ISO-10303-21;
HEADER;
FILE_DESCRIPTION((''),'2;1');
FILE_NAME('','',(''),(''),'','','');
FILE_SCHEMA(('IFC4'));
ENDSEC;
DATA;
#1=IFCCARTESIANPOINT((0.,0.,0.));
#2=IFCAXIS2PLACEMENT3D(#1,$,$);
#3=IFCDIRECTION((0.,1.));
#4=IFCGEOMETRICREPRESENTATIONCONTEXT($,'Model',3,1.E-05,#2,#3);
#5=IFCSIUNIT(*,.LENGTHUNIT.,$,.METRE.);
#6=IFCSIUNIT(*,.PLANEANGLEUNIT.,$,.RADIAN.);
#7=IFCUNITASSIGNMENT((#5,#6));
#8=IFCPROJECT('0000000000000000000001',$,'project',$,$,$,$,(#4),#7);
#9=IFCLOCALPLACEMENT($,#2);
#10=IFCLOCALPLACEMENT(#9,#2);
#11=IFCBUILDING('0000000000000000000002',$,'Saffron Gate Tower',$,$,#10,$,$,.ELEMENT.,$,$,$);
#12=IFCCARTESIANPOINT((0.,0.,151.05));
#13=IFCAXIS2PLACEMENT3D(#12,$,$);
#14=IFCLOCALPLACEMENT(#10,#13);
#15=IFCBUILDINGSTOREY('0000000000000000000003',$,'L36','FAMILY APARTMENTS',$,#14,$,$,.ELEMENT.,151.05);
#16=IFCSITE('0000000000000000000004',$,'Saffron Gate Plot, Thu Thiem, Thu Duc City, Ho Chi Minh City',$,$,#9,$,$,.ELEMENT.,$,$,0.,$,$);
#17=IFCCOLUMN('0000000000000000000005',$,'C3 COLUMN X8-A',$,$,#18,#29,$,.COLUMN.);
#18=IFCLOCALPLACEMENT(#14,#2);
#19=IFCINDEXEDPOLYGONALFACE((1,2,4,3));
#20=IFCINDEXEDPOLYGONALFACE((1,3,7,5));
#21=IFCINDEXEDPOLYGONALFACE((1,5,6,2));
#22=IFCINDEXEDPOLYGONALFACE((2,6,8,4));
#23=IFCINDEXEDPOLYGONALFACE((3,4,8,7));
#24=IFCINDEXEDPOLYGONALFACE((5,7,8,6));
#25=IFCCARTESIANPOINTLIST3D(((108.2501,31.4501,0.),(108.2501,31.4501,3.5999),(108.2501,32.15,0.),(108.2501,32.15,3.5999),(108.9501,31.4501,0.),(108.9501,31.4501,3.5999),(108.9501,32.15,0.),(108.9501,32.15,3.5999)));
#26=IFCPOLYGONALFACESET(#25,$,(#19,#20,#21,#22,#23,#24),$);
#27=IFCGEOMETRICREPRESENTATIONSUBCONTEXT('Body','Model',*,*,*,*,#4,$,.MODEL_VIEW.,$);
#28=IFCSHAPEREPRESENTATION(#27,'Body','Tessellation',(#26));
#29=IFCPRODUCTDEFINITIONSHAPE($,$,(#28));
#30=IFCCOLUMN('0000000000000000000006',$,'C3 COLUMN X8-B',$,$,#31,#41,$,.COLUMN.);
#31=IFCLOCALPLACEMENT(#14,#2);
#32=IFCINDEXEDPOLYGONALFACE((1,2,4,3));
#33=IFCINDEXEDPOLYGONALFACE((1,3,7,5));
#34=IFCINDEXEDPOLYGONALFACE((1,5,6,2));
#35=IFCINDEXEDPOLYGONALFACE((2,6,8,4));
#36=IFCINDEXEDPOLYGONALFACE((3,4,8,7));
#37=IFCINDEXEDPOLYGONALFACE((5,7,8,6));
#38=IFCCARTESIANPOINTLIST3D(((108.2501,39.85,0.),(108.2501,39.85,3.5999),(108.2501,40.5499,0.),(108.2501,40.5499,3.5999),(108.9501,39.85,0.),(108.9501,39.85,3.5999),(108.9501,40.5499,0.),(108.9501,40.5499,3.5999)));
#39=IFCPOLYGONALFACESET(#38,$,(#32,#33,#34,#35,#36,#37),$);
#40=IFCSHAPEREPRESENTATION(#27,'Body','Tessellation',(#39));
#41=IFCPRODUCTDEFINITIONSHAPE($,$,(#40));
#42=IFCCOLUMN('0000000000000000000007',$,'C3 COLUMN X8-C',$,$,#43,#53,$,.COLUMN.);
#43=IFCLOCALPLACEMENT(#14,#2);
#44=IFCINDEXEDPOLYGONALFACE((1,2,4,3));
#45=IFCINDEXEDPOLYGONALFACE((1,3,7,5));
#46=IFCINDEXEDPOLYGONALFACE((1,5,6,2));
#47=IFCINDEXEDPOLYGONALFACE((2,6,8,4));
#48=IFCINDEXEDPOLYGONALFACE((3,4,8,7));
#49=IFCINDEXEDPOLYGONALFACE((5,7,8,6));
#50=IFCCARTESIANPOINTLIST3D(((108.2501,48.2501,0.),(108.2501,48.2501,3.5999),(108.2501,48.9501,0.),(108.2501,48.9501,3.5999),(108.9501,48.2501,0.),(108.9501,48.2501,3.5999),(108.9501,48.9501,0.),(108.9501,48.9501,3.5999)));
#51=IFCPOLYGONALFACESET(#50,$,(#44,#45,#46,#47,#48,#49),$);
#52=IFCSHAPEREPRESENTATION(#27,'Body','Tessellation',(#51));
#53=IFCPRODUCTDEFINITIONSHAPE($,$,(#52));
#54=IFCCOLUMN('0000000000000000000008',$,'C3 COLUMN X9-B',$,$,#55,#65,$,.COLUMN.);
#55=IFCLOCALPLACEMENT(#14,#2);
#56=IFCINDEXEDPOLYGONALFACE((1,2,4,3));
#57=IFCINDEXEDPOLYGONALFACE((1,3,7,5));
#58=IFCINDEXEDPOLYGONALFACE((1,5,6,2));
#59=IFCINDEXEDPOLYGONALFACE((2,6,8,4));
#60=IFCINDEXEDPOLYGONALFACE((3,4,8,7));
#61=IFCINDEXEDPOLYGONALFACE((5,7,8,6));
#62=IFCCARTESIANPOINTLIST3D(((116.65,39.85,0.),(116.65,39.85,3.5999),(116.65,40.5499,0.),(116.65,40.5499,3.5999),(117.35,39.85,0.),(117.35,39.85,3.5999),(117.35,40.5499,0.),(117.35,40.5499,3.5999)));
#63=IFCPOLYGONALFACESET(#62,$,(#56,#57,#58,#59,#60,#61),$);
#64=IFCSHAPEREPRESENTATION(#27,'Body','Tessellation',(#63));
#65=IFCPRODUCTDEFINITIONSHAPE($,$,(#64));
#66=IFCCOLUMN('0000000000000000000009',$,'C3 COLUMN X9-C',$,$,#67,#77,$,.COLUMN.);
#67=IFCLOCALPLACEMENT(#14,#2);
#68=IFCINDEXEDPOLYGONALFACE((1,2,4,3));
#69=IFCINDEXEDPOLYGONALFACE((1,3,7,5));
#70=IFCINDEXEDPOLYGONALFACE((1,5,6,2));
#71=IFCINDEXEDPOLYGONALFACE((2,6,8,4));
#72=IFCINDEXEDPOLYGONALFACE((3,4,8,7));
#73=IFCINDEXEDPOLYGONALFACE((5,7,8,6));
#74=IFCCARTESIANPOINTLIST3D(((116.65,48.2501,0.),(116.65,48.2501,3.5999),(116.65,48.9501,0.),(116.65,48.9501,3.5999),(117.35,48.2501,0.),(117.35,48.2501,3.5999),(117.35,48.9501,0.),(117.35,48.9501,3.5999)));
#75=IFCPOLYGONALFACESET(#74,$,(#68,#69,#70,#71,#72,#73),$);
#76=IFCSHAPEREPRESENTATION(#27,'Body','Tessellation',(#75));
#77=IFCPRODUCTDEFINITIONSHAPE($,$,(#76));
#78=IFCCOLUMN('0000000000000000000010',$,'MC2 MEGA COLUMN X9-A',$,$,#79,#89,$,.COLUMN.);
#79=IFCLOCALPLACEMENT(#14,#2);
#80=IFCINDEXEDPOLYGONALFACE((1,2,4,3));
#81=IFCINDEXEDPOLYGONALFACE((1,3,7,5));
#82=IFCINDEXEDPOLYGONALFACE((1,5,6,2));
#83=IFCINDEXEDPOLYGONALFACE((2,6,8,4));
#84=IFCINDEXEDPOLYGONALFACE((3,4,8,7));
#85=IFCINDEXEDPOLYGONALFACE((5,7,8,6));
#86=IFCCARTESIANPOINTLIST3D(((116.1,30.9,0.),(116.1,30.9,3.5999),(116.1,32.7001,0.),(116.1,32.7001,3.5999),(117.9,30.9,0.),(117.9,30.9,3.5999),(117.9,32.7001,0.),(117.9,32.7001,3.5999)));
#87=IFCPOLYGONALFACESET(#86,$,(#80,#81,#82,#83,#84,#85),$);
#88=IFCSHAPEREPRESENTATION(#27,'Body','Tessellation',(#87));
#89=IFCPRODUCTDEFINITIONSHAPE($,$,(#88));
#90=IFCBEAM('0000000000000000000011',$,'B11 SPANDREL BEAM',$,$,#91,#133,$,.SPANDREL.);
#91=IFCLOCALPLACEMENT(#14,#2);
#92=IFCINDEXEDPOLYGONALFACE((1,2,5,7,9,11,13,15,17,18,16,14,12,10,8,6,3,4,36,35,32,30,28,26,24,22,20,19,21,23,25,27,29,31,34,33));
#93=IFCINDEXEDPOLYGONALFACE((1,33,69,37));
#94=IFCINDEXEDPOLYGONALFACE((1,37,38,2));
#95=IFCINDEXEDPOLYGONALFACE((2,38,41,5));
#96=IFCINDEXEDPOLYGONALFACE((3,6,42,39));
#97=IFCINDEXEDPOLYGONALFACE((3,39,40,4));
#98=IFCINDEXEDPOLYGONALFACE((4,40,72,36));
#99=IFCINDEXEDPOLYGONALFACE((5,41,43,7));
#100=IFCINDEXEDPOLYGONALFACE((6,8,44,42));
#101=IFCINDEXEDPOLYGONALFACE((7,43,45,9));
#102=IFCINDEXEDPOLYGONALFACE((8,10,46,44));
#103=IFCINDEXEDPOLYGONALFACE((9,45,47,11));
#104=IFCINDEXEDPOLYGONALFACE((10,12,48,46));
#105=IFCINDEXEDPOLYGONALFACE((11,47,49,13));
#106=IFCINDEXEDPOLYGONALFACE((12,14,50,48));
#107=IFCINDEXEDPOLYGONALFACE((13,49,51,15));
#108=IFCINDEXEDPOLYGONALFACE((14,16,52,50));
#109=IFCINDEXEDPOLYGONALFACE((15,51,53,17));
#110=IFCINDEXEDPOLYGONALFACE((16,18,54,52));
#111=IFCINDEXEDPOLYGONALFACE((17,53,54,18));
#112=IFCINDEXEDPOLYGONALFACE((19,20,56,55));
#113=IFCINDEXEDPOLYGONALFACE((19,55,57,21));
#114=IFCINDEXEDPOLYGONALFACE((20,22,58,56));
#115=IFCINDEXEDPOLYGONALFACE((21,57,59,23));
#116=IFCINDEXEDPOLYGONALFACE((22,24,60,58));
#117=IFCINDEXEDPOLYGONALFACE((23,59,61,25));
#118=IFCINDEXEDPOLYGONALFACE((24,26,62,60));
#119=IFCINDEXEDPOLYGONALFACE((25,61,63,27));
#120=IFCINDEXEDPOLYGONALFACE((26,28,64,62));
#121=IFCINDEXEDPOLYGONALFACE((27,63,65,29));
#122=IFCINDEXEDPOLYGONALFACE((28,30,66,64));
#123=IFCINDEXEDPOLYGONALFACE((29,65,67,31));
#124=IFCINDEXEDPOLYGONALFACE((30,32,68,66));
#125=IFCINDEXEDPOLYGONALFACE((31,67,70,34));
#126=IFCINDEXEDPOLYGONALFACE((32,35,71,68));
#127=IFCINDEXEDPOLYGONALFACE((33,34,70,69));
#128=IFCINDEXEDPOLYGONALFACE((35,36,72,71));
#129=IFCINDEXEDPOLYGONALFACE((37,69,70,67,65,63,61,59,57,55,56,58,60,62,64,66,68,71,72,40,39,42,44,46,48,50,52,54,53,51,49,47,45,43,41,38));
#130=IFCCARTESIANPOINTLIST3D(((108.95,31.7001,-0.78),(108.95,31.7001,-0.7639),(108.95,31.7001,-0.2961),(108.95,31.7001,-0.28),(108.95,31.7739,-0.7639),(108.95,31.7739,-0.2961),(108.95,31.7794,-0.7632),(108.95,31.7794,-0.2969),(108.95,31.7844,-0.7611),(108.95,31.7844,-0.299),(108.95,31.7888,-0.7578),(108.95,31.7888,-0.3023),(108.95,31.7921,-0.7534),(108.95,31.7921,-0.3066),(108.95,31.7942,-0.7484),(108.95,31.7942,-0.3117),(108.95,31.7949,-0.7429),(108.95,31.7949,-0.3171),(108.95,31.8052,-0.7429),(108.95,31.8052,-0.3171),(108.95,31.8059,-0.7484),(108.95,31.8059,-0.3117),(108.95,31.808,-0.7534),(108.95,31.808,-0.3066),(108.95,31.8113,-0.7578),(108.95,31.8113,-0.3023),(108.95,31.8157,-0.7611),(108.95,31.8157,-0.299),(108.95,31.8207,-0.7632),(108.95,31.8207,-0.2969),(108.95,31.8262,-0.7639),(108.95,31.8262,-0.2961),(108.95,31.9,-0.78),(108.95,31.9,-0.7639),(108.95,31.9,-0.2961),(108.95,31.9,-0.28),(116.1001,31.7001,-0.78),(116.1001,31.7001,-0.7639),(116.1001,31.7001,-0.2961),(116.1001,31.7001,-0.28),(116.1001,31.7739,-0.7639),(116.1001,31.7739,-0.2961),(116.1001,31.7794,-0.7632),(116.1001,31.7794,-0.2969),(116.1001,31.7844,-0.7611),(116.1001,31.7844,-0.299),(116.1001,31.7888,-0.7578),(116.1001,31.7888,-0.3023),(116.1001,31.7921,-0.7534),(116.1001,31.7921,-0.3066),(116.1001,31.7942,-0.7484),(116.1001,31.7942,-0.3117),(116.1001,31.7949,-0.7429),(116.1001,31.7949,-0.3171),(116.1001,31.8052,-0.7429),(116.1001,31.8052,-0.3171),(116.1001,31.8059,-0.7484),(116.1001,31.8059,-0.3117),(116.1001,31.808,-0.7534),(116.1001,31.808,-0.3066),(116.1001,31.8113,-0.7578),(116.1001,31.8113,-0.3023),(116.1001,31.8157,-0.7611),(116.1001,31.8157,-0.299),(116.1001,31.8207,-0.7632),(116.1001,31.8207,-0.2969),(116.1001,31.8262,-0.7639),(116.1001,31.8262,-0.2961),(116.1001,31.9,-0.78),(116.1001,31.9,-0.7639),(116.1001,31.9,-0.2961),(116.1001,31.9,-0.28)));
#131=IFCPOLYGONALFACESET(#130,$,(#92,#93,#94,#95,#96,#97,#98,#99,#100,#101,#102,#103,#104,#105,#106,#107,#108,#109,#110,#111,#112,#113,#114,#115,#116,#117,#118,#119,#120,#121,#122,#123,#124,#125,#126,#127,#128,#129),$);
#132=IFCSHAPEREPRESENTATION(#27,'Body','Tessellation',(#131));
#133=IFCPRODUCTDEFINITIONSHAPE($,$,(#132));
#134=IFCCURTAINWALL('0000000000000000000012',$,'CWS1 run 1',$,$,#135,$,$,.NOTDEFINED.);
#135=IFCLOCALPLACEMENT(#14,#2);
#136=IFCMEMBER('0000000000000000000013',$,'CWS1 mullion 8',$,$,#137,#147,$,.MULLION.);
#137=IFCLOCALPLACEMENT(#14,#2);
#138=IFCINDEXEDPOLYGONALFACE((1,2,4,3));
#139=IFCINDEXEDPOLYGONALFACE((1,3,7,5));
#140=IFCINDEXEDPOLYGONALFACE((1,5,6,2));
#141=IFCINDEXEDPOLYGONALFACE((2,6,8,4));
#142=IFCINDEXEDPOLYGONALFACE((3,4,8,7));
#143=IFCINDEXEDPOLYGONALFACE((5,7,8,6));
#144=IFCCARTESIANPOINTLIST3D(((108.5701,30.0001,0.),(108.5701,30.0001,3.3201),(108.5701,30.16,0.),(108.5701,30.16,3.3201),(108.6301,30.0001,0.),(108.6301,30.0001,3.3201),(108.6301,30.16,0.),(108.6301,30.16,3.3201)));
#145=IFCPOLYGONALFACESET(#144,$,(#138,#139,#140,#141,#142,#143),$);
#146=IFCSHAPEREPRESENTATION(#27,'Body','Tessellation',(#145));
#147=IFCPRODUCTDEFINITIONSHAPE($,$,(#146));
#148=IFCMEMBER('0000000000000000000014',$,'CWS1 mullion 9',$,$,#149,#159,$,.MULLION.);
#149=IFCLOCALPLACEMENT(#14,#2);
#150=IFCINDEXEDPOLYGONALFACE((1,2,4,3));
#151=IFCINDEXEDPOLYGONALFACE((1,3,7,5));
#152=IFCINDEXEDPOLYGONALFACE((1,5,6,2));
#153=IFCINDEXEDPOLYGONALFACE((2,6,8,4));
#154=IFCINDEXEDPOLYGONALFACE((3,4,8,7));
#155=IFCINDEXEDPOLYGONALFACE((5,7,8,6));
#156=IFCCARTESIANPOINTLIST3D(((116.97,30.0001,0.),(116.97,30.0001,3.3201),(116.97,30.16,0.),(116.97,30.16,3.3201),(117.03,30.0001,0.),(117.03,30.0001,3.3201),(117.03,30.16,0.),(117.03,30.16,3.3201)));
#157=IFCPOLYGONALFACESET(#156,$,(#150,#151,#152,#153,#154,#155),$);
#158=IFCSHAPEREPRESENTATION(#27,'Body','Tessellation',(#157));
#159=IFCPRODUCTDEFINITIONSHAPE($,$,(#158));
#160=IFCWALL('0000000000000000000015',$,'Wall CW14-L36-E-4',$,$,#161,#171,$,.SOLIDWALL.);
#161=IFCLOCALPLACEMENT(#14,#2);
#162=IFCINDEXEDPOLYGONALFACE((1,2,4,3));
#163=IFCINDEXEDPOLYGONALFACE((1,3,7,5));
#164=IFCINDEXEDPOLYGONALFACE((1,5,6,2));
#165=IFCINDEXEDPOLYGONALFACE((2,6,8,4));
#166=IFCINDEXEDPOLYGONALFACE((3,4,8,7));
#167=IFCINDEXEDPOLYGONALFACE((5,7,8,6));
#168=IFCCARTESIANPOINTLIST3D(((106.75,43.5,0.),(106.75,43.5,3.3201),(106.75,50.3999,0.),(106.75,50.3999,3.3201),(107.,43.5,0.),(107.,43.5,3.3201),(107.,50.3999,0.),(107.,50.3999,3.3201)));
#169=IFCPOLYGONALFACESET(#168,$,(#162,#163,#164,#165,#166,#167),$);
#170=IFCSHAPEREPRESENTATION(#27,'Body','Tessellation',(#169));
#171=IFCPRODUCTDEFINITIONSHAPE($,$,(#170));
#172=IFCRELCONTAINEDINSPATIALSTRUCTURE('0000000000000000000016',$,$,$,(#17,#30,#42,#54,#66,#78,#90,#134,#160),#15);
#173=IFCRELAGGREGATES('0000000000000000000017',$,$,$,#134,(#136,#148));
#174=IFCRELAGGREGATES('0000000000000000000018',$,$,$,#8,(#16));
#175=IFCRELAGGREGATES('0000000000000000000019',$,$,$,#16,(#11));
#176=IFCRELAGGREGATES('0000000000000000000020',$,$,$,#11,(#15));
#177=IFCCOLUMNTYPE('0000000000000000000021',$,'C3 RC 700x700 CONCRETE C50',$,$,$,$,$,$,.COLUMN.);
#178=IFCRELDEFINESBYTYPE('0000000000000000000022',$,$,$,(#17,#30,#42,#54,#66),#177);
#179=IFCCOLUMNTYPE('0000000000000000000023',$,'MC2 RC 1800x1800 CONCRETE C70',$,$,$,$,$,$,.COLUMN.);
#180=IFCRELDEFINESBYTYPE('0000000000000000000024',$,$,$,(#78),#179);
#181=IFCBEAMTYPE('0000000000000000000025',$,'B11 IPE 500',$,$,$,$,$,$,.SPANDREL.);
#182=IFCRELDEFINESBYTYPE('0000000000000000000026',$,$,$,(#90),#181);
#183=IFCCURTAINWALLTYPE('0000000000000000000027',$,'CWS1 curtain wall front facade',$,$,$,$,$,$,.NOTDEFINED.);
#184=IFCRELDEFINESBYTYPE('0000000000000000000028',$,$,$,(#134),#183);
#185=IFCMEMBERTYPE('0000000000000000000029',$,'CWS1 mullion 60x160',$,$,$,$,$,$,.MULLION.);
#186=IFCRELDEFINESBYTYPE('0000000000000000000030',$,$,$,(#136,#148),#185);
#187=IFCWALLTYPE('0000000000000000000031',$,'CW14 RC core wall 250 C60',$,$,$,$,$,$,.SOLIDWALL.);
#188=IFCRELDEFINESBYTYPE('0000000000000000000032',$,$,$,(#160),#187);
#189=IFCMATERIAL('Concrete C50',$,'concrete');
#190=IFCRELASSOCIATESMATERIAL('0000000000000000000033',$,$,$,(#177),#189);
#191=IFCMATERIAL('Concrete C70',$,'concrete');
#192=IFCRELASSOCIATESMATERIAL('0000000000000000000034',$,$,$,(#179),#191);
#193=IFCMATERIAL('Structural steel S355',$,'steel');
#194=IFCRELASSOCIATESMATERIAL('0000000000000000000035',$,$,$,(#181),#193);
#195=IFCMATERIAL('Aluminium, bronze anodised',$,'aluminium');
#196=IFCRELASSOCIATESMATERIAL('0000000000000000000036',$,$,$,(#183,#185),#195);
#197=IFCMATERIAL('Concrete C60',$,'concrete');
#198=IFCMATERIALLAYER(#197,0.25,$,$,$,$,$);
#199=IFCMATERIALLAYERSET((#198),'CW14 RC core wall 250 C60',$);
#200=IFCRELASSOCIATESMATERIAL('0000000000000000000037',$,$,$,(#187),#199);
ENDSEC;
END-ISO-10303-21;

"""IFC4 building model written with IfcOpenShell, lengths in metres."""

from ifc_helpers import new_model, si_unit, direction, frame, frame_2d, origin, origin_2d, place, context, subcontext, project, spatial, rectangle, i_section, extrude, material, layer, layer_set, material_profile, profile_set, type_object, element, aggregate, save


model = new_model("IFC4")

# Units and contexts
model_context = context("Model", 3, precision=1e-05, world=origin(), true_north=direction((0.0, 1.0)))
body_context = subcontext(model_context, "Body", "Model", "MODEL_VIEW")
ifc_project = project(units=[si_unit("LENGTHUNIT", "METRE"), si_unit("PLANEANGLEUNIT", "RADIAN")], contexts=[model_context])

# Site, building, storey
site_placement = place(None, origin())
site = spatial("IfcSite", under=ifc_project, at=site_placement, Name="Saffron Gate Plot, Thu Thiem, Thu Duc City, Ho Chi Minh City", CompositionType="ELEMENT", RefElevation=0.0)
building_placement = place(site_placement, origin())
building = spatial("IfcBuilding", under=site, at=building_placement, Name="Saffron Gate Tower", CompositionType="ELEMENT")
storey_placement = place(building_placement, frame((0.0, 0.0, 151.05)))
storey = spatial("IfcBuildingStorey", under=building, at=storey_placement, Name="L36", Description="FAMILY APARTMENTS", CompositionType="ELEMENT", Elevation=151.05)

# Columns
ifc_material_1 = material(Name="Concrete C50", Category="concrete")
ifc_material_profile_1 = material_profile(ifc_material_1, rectangle(XDim=0.7, YDim=0.7, at=origin_2d()))
ifc_profile_set_1 = profile_set([ifc_material_profile_1], Name="Concrete C50")
column_type_1 = type_object("IfcColumnType", Name="C3 RC 700x700 CONCRETE C50", PredefinedType="COLUMN", material=ifc_profile_set_1)
for number, where, z_axis, x_axis, name in (
    (1, (108.6001, 31.8, 0.0), (0.0, 0.0, 1.0), (1.0, 0.0, 0.0), "C3 COLUMN X8-A"),
    (2, (108.6001, 40.2, 0.0), (0.0, 0.0, 1.0), (1.0, 0.0, 0.0), "C3 COLUMN X8-B"),
    (3, (108.6001, 48.6001, 0.0), (0.0, 0.0, 1.0), (1.0, 0.0, 0.0), "C3 COLUMN X8-C"),
    (4, (117.0, 40.2, 0.0), (0.0, 0.0, 1.0), (1.0, 0.0, 0.0), "C3 COLUMN X9-B"),
    (5, (117.0, 48.6001, 0.0), (0.0, 0.0, 1.0), (1.0, 0.0, 0.0), "C3 COLUMN X9-C"),
):
    element("IfcColumn", number, at=place(storey_placement, frame(where, z_axis=z_axis, x_axis=x_axis)), inside=storey, type_object=column_type_1, Name=name, PredefinedType="COLUMN", context=body_context, shape_type="SweptSolid", body=[
        extrude(rectangle(XDim=0.7, YDim=0.7, at=origin_2d()), origin(), (0.0, 0.0, 1.0), 3.5999),
    ])
ifc_material_2 = material(Name="Concrete C70", Category="concrete")
ifc_material_profile_2 = material_profile(ifc_material_2, rectangle(XDim=1.8, YDim=1.8, at=origin_2d()))
ifc_profile_set_2 = profile_set([ifc_material_profile_2], Name="Concrete C70")
column_type_2 = type_object("IfcColumnType", Name="MC2 RC 1800x1800 CONCRETE C70", PredefinedType="COLUMN", material=ifc_profile_set_2)
column_placement = place(storey_placement, frame((117.0, 31.8, 0.0), z_axis=(0.0, 0.0, 1.0), x_axis=(1.0, 0.0, 0.0)))
element("IfcColumn", 6, at=column_placement, inside=storey, type_object=column_type_2, Name="MC2 MEGA COLUMN X9-A", PredefinedType="COLUMN", context=body_context, shape_type="SweptSolid", body=[
    extrude(rectangle(XDim=1.8, YDim=1.8, at=origin_2d()), origin(), (0.0, 0.0, 1.0), 3.5999),
])

# Beam
ifc_material_3 = material(Name="Structural steel S355", Category="steel")
ifc_material_profile_3 = material_profile(ifc_material_3, i_section(OverallWidth=0.2, OverallDepth=0.5, WebThickness=0.0103, FlangeThickness=0.0161, FilletRadius=0.021, at=origin_2d()))
ifc_profile_set_3 = profile_set([ifc_material_profile_3], Name="Structural steel S355")
beam_type = type_object("IfcBeamType", Name="B11 IPE 500", PredefinedType="SPANDREL", material=ifc_profile_set_3)
beam_placement = place(storey_placement, frame((108.95, 31.8, -0.53), z_axis=(1.0, 0.0, 0.0), x_axis=(0.0, 1.0, 0.0)))
element("IfcBeam", 7, at=beam_placement, inside=storey, type_object=beam_type, Name="B11 SPANDREL BEAM", PredefinedType="SPANDREL", context=body_context, shape_type="SweptSolid", body=[
    extrude(i_section(OverallWidth=0.2, OverallDepth=0.5, WebThickness=0.0103, FlangeThickness=0.0161, FilletRadius=0.021, at=origin_2d()), origin(), (0.0, 0.0, 1.0), 7.1501),
])

# Curtain wall, members
ifc_material_4 = material(Name="Aluminium, bronze anodised", Category="aluminium")
curtain_wall_type = type_object("IfcCurtainWallType", Name="CWS1 curtain wall front facade", PredefinedType="NOTDEFINED", material=ifc_material_4)
curtain_wall_placement = place(storey_placement, origin())
curtain_wall = element("IfcCurtainWall", 8, at=curtain_wall_placement, inside=storey, type_object=curtain_wall_type, Name="CWS1 run 1", PredefinedType="NOTDEFINED")
ifc_material_profile_4 = material_profile(ifc_material_4, rectangle(XDim=0.1599, YDim=0.0601, at=origin_2d()))
ifc_profile_set_4 = profile_set([ifc_material_profile_4], Name="Aluminium, bronze anodised")
member_type = type_object("IfcMemberType", Name="CWS1 mullion 60x160", PredefinedType="MULLION", material=ifc_profile_set_4)
member_1_placement = place(storey_placement, frame((108.6001, 30.0801, 0.0), z_axis=(0.0, 0.0, 1.0), x_axis=(0.0, 1.0, 0.0)))
member_1 = element("IfcMember", 9, at=member_1_placement, type_object=member_type, Name="CWS1 mullion 8", PredefinedType="MULLION", context=body_context, shape_type="SweptSolid", body=[
    extrude(rectangle(XDim=0.1599, YDim=0.0601, at=origin_2d()), origin(), (0.0, 0.0, 1.0), 3.3201),
])
member_2_placement = place(storey_placement, frame((117.0, 30.0801, 0.0), z_axis=(0.0, 0.0, 1.0), x_axis=(0.0, 1.0, 0.0)))
member_2 = element("IfcMember", 10, at=member_2_placement, type_object=member_type, Name="CWS1 mullion 9", PredefinedType="MULLION", context=body_context, shape_type="SweptSolid", body=[
    extrude(rectangle(XDim=0.1599, YDim=0.0601, at=origin_2d()), origin(), (0.0, 0.0, 1.0), 3.3201),
])
aggregate(curtain_wall, [member_1, member_2])

# Wall
ifc_material_5 = material(Name="Concrete C60", Category="concrete")
ifc_layer_1 = layer(ifc_material_5, 0.25)
ifc_layer_set_1 = layer_set([ifc_layer_1], Name="CW14 RC core wall 250 C60")
wall_type_1 = type_object("IfcWallType", Name="CW14 RC core wall 250 C60", PredefinedType="SOLIDWALL", material=ifc_layer_set_1)
wall_1_placement = place(storey_placement, frame((106.875, 43.5, 0.0), z_axis=(0.0, 0.0, 1.0), x_axis=(0.0, 1.0, 0.0)))
element("IfcWall", 11, at=wall_1_placement, inside=storey, type_object=wall_type_1, Name="Wall CW14-L36-E-4", PredefinedType="SOLIDWALL", context=body_context, shape_type="SweptSolid", body=[
    extrude(rectangle(XDim=6.8999, YDim=0.25, at=frame_2d((3.45, 0.0))), origin(), (0.0, 0.0, 1.0), 3.3201),
])

save(model, "model.ifc")
